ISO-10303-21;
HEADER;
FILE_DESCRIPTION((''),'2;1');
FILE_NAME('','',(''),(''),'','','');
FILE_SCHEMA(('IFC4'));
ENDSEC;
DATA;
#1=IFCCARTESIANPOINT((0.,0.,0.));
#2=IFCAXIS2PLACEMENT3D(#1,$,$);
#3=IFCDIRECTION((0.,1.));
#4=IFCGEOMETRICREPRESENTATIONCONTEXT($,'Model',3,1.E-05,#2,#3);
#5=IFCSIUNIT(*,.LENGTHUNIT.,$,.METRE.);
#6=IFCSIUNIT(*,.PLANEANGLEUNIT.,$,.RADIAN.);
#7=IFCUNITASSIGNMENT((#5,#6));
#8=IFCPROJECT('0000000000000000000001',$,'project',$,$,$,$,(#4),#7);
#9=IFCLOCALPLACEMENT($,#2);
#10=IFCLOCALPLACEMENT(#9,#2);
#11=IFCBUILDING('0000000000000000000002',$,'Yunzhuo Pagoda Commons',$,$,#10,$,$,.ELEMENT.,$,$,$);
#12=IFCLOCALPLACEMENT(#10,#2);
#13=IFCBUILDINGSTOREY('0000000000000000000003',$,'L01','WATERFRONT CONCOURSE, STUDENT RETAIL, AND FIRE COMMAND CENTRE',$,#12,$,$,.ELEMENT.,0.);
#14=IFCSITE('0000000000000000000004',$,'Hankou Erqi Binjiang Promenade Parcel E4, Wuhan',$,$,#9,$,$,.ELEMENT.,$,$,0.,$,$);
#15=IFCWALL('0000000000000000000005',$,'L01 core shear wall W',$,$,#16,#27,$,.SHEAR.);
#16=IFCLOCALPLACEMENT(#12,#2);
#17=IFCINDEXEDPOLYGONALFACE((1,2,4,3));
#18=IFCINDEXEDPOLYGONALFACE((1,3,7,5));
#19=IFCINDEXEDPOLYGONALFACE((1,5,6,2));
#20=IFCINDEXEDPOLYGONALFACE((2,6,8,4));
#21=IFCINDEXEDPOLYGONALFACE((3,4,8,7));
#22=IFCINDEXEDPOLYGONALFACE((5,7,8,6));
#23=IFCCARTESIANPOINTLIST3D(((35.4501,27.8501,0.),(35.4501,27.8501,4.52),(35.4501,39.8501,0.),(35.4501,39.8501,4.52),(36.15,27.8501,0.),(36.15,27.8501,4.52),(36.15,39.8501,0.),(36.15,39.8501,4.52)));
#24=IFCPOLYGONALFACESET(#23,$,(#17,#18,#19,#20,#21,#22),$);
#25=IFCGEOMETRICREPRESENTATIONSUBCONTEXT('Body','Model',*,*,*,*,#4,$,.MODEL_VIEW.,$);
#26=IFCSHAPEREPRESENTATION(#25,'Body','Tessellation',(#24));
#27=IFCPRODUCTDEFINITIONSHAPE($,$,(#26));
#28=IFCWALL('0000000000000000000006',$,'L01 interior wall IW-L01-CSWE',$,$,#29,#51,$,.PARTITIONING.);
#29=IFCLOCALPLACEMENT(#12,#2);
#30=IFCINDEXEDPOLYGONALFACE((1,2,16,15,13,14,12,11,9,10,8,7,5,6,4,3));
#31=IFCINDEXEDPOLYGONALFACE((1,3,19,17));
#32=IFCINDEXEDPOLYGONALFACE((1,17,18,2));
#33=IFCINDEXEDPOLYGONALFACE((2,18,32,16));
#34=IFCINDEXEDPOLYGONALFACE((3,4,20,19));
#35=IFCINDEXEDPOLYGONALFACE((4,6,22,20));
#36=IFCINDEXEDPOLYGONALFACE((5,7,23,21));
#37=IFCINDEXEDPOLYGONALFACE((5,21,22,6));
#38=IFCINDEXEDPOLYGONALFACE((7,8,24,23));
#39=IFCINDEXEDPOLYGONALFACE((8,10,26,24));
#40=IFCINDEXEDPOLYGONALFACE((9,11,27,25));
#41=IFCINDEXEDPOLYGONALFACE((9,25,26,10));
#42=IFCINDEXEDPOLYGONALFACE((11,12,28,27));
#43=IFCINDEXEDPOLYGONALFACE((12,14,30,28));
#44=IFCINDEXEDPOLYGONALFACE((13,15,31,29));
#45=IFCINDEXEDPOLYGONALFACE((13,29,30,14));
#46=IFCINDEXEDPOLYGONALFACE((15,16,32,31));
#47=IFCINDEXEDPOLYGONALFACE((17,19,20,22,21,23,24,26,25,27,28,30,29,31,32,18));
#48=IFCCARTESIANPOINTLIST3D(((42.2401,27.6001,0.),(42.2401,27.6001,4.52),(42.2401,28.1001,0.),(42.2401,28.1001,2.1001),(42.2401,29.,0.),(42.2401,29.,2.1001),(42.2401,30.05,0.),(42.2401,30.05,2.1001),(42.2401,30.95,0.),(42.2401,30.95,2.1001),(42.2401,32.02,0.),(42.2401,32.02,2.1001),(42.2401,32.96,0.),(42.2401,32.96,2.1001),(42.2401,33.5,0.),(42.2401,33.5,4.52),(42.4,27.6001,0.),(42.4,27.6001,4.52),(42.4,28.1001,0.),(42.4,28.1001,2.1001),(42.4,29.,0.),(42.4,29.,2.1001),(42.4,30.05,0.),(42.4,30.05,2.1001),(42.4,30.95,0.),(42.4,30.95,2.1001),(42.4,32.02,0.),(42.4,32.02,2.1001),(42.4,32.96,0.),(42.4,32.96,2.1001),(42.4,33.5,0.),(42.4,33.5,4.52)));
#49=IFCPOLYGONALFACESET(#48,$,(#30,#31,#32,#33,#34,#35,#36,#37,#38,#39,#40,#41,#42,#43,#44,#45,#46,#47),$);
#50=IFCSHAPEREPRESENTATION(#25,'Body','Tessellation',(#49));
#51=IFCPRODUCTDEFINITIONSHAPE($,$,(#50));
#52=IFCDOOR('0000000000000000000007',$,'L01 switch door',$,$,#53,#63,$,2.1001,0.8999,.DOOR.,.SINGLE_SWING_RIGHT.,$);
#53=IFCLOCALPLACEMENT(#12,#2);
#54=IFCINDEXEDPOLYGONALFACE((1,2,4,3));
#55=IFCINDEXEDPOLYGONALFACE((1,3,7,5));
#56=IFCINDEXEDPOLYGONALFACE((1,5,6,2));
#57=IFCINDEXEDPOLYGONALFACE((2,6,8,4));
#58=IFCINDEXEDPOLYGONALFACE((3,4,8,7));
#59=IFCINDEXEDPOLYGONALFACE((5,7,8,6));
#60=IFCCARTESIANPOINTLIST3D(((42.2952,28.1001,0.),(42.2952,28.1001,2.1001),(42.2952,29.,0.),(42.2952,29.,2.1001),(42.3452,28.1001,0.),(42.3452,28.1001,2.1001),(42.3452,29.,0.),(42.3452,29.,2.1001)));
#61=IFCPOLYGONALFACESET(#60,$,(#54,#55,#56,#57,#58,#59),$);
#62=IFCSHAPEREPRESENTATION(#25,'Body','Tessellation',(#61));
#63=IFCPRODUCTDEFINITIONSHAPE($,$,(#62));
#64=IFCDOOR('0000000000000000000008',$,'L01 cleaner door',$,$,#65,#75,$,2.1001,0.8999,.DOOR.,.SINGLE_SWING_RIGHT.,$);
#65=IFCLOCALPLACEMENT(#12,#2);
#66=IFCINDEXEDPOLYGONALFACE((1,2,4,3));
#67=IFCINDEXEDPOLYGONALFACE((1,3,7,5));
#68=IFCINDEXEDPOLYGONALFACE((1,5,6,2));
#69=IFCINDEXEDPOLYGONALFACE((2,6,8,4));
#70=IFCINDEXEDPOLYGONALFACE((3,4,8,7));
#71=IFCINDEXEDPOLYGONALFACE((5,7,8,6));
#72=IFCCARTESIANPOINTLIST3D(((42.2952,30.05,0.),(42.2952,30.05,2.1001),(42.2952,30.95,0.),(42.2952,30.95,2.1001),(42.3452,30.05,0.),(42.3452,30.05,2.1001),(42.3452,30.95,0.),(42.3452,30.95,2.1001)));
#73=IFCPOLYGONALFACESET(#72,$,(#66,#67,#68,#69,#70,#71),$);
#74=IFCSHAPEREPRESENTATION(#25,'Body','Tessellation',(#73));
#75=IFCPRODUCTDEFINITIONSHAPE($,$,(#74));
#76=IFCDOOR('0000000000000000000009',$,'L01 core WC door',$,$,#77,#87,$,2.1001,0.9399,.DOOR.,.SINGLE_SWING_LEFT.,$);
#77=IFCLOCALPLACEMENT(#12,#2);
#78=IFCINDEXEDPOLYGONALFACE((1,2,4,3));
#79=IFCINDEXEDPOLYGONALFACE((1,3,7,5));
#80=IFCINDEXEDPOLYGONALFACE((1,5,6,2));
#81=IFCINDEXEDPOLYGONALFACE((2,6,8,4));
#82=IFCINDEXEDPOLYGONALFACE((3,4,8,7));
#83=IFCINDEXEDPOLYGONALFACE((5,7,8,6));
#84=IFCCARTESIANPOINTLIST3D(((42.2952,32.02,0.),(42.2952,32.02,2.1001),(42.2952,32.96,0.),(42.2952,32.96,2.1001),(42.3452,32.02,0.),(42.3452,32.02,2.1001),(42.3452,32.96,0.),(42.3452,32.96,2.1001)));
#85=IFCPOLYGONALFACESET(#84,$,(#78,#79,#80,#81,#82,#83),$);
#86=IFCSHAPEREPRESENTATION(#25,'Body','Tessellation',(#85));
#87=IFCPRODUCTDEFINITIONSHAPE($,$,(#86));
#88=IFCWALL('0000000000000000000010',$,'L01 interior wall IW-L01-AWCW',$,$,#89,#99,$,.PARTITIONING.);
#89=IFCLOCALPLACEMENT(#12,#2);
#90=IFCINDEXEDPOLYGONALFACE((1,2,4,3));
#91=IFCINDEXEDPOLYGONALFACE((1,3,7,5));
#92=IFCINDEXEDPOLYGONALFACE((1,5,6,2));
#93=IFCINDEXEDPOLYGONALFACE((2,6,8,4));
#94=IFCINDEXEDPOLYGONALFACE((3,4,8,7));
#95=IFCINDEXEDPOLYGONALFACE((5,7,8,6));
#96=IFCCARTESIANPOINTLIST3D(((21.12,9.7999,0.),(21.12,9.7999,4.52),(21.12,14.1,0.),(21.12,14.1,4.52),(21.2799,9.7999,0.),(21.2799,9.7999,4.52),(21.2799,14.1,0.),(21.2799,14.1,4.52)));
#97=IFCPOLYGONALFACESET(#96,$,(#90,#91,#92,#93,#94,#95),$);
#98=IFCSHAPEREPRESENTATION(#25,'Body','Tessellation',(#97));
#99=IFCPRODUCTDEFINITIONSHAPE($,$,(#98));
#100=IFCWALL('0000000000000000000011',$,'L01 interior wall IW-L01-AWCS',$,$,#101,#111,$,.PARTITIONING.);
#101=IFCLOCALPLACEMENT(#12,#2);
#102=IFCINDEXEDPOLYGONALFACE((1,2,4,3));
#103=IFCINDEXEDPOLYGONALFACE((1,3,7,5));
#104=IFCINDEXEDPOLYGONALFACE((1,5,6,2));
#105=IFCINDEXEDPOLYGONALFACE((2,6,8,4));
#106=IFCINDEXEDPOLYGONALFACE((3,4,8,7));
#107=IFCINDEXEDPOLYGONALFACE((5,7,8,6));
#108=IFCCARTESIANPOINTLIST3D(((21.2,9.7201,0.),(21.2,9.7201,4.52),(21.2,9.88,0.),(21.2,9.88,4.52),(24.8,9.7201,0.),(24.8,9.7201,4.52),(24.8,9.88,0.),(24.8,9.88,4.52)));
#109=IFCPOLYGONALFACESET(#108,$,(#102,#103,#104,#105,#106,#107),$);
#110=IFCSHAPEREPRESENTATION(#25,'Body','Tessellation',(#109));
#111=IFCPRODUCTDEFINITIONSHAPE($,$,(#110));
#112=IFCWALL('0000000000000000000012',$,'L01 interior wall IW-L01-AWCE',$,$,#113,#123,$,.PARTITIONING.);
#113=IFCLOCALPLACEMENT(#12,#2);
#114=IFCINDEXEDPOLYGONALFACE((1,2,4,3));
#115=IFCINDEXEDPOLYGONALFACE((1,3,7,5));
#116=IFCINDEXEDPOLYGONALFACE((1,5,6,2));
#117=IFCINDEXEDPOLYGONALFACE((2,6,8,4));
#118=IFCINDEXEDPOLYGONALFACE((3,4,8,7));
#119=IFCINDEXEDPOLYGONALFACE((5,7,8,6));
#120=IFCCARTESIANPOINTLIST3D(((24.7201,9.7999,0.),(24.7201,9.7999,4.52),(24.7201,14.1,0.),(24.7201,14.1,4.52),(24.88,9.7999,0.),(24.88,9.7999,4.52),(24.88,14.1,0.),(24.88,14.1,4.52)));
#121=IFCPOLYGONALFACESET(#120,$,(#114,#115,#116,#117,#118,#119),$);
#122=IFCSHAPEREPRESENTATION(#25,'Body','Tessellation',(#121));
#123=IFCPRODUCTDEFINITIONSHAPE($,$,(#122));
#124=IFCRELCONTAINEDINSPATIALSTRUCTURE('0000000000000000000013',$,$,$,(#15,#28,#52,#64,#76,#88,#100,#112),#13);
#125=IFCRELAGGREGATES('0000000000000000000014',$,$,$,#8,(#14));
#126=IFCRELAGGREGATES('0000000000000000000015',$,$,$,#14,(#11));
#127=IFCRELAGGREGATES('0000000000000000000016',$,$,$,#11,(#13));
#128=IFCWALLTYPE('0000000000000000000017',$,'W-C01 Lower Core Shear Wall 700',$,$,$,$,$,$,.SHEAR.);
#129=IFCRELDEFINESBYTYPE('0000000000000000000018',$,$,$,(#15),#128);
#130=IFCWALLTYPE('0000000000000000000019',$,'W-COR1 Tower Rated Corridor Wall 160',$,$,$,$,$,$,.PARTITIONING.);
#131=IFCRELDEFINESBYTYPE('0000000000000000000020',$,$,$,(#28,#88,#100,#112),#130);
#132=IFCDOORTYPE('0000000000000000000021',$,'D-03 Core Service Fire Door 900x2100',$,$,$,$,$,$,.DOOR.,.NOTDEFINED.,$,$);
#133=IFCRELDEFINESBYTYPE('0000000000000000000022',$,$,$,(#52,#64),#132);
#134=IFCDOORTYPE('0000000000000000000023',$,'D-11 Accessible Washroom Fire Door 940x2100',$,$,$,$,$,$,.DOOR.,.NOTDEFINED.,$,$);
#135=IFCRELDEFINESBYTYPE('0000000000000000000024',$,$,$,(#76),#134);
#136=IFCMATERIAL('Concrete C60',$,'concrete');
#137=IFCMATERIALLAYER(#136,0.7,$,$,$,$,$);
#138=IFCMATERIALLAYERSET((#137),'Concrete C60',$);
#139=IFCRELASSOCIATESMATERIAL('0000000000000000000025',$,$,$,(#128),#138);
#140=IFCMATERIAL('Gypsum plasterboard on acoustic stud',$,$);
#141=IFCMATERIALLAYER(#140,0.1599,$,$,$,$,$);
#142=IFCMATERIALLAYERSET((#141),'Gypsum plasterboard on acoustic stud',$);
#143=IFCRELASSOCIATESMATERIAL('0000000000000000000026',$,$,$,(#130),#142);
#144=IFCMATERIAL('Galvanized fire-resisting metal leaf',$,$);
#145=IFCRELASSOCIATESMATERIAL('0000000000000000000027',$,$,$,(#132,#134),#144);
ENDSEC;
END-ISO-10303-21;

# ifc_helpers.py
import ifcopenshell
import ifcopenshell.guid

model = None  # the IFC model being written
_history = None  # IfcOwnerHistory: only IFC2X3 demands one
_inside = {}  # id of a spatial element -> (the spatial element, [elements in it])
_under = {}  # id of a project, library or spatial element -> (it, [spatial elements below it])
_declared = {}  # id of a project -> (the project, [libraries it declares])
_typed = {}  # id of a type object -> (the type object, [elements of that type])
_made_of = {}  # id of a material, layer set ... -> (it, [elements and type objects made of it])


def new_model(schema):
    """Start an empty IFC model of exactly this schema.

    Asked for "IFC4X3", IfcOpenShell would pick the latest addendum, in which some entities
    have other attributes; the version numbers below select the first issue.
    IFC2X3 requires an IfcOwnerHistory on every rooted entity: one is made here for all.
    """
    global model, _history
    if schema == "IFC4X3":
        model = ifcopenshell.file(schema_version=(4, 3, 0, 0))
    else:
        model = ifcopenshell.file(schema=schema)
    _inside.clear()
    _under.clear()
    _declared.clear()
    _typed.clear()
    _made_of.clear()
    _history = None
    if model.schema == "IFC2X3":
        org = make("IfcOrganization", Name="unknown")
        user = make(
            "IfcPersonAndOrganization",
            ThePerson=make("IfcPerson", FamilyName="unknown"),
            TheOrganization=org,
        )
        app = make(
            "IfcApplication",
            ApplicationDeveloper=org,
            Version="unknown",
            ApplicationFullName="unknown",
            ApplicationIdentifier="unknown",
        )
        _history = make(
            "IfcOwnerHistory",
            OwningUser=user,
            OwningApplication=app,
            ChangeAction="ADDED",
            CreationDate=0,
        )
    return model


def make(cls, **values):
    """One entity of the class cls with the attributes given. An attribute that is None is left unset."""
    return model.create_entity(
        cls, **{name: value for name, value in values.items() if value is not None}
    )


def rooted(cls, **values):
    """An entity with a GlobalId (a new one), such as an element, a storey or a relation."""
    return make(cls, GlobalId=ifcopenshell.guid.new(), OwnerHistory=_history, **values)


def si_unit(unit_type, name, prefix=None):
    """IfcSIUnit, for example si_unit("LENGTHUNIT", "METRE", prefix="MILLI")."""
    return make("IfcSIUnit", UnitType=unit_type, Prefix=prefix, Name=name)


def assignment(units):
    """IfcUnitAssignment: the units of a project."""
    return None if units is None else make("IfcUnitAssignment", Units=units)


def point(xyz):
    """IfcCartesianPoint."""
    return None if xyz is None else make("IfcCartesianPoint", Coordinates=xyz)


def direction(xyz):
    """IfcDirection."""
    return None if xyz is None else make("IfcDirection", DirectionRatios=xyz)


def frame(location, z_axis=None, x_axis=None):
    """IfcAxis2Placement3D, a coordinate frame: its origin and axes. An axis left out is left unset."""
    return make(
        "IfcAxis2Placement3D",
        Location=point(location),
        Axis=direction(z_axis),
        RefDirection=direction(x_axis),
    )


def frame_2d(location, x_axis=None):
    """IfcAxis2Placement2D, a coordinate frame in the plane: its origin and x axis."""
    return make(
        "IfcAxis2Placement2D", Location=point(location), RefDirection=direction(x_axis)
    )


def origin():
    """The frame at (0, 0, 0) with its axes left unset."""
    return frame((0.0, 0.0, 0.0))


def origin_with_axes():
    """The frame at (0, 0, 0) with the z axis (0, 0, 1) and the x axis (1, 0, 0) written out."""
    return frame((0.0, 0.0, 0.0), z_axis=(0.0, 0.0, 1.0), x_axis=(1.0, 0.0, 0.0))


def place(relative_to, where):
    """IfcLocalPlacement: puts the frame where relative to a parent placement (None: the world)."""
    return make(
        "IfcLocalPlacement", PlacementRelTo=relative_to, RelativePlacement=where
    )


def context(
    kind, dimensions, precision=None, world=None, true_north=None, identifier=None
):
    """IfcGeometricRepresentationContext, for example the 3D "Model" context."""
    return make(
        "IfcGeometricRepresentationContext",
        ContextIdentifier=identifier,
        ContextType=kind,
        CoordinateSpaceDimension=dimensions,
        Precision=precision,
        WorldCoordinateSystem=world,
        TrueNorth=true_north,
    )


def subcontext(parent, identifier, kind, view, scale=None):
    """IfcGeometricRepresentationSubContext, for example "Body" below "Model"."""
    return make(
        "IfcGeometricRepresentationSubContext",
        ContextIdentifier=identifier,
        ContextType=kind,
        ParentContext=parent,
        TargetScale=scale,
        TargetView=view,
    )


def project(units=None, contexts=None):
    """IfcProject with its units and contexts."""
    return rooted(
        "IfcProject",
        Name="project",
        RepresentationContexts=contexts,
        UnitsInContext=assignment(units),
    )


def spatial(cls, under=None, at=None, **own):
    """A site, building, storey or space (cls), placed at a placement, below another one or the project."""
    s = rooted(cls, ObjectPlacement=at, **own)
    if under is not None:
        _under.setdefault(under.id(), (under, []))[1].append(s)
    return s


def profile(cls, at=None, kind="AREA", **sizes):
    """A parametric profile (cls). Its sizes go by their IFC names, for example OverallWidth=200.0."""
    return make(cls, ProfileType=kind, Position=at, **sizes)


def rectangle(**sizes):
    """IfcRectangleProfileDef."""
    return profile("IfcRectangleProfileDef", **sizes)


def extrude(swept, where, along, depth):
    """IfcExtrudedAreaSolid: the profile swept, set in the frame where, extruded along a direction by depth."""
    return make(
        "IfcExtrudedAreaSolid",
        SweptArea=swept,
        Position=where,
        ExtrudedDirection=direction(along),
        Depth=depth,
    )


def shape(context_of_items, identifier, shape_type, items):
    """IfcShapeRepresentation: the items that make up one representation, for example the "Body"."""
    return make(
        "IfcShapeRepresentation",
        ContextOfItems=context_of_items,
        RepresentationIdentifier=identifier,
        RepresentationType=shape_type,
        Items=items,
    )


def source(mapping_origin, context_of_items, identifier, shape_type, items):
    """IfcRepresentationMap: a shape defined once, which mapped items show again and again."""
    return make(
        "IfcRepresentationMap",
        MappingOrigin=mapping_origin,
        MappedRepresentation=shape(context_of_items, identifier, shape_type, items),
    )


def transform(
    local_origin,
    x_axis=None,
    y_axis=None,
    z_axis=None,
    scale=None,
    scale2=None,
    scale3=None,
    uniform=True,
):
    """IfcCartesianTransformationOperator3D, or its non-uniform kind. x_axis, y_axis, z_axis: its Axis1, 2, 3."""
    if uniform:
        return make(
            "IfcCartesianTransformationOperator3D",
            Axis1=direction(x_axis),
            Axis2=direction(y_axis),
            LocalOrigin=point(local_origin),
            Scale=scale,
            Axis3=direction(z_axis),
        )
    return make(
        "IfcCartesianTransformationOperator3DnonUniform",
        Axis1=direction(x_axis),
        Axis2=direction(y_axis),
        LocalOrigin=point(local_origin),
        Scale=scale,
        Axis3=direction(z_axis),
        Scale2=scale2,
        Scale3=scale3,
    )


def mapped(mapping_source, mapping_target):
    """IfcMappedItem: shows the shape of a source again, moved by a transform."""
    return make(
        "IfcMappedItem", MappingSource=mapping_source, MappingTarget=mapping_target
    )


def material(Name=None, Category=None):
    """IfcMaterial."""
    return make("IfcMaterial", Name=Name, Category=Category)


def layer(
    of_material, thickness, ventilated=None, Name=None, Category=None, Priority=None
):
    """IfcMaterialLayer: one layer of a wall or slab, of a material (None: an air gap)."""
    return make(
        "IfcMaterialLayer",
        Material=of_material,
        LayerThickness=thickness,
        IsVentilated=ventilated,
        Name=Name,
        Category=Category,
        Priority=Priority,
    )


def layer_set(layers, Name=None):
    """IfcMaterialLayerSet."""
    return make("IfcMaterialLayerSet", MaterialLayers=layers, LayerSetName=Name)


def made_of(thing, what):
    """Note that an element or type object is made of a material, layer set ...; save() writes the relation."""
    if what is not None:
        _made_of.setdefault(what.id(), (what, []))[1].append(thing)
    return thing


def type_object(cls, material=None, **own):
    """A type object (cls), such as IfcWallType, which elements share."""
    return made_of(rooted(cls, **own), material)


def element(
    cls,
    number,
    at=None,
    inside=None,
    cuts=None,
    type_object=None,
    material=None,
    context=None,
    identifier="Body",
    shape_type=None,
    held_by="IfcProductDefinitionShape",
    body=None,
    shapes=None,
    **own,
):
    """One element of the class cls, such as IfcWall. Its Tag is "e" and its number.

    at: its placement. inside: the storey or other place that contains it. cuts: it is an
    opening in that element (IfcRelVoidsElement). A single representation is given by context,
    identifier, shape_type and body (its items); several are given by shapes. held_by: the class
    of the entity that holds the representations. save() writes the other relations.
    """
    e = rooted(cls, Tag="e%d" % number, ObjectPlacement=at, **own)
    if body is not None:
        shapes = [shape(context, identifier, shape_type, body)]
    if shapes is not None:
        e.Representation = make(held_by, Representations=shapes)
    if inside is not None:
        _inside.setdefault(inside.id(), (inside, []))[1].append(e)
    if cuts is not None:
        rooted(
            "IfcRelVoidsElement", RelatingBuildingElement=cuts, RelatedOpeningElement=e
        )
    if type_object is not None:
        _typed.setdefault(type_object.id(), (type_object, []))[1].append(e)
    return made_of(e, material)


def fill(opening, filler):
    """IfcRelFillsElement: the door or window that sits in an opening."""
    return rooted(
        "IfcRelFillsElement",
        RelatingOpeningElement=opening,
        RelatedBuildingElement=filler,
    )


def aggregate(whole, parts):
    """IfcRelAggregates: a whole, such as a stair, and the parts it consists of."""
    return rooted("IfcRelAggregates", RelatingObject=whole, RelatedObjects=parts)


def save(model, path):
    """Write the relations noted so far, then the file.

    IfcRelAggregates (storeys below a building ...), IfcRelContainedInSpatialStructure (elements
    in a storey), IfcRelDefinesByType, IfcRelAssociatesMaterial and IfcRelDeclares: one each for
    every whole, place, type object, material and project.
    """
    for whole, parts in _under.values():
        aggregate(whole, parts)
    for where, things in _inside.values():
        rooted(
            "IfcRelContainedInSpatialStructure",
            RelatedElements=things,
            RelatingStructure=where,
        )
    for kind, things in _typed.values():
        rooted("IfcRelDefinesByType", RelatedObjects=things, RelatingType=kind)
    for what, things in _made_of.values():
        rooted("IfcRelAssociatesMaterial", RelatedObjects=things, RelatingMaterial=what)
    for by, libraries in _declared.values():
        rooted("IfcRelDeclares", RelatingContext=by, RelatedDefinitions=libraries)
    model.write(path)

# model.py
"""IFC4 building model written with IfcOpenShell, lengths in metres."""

from ifc_helpers import new_model, si_unit, direction, frame, frame_2d, origin, origin_with_axes, place, context, subcontext, project, spatial, rectangle, extrude, source, transform, mapped, material, layer, layer_set, type_object, element, fill, save


model = new_model("IFC4")

# Units and contexts
model_context = context("Model", 3, precision=1e-05, world=origin(), true_north=direction((0.0, 1.0)))
body_context = subcontext(model_context, "Body", "Model", "MODEL_VIEW")
ifc_project = project(units=[si_unit("LENGTHUNIT", "METRE"), si_unit("PLANEANGLEUNIT", "RADIAN")], contexts=[model_context])

# Site, building, storey
site_placement = place(None, origin())
site = spatial("IfcSite", under=ifc_project, at=site_placement, Name="Hankou Erqi Binjiang Promenade Parcel E4, Wuhan", CompositionType="ELEMENT", RefElevation=0.0)
building_placement = place(site_placement, origin())
building = spatial("IfcBuilding", under=site, at=building_placement, Name="Yunzhuo Pagoda Commons", CompositionType="ELEMENT")
storey_placement = place(building_placement, origin())
storey = spatial("IfcBuildingStorey", under=building, at=storey_placement, Name="L01", Description="WATERFRONT CONCOURSE, STUDENT RETAIL, AND FIRE COMMAND CENTRE", CompositionType="ELEMENT", Elevation=0.0)

# Wall
ifc_material_1 = material(Name="Concrete C60", Category="concrete")
ifc_layer_1 = layer(ifc_material_1, 0.7)
ifc_layer_set_1 = layer_set([ifc_layer_1], Name="Concrete C60")
wall_type_1 = type_object("IfcWallType", Name="W-C01 Lower Core Shear Wall 700", PredefinedType="SHEAR", material=ifc_layer_set_1)
wall_1_placement = place(storey_placement, frame((35.8, 27.8501, 0.0), z_axis=(0.0, 0.0, 1.0), x_axis=(0.0, 1.0, 0.0)))
element("IfcWall", 1, at=wall_1_placement, inside=storey, type_object=wall_type_1, Name="L01 core shear wall W", PredefinedType="SHEAR", context=body_context, shape_type="SweptSolid", body=[
    extrude(rectangle(XDim=12.0, YDim=0.7, at=frame_2d((6.0, 0.0))), origin(), (0.0, 0.0, 1.0), 4.52),
])

# Wall, openings, doors
ifc_material_2 = material(Name="Gypsum plasterboard on acoustic stud")
ifc_layer_2 = layer(ifc_material_2, 0.1599)
ifc_layer_set_2 = layer_set([ifc_layer_2], Name="Gypsum plasterboard on acoustic stud")
wall_type_2 = type_object("IfcWallType", Name="W-COR1 Tower Rated Corridor Wall 160", PredefinedType="PARTITIONING", material=ifc_layer_set_2)
wall_2_placement = place(storey_placement, frame((42.3201, 27.6001, 0.0), z_axis=(0.0, 0.0, 1.0), x_axis=(0.0, 1.0, 0.0)))
wall_2 = element("IfcWall", 2, at=wall_2_placement, inside=storey, type_object=wall_type_2, Name="L01 interior wall IW-L01-CSWE", PredefinedType="PARTITIONING", context=body_context, shape_type="SweptSolid", body=[
    extrude(rectangle(XDim=5.8999, YDim=0.1599, at=frame_2d((2.95, 0.0))), origin(), (0.0, 0.0, 1.0), 4.52),
])
opening_1_placement = place(wall_2_placement, frame((0.5, 0.0, 0.0)))
opening_1 = element("IfcOpeningElement", 3, at=opening_1_placement, cuts=wall_2, PredefinedType="OPENING", context=body_context, shape_type="SweptSolid", body=[
    extrude(rectangle(XDim=0.8999, YDim=2.1001, at=frame_2d((0.45, 1.05))), frame((0.0, 0.0898, 0.0), z_axis=(0.0, -1.0, 0.0), x_axis=(1.0, 0.0, 0.0)), (0.0, 0.0, 1.0), 0.1799),
])
opening_2_placement = place(wall_2_placement, frame((2.45, 0.0, 0.0)))
opening_2 = element("IfcOpeningElement", 4, at=opening_2_placement, cuts=wall_2, PredefinedType="OPENING", context=body_context, shape_type="SweptSolid", body=[
    extrude(rectangle(XDim=0.8999, YDim=2.1001, at=frame_2d((0.45, 1.05))), frame((0.0, 0.0898, 0.0), z_axis=(0.0, -1.0, 0.0), x_axis=(1.0, 0.0, 0.0)), (0.0, 0.0, 1.0), 0.1799),
])
opening_3_placement = place(wall_2_placement, frame((4.4199, 0.0, 0.0)))
opening_3 = element("IfcOpeningElement", 5, at=opening_3_placement, cuts=wall_2, PredefinedType="OPENING", context=body_context, shape_type="SweptSolid", body=[
    extrude(rectangle(XDim=0.9399, YDim=2.1001, at=frame_2d((0.47, 1.05))), frame((0.0, 0.0898, 0.0), z_axis=(0.0, -1.0, 0.0), x_axis=(1.0, 0.0, 0.0)), (0.0, 0.0, 1.0), 0.1799),
])
ifc_material_3 = material(Name="Galvanized fire-resisting metal leaf")
door_type_1 = type_object("IfcDoorType", Name="D-03 Core Service Fire Door 900x2100", OperationType="NOTDEFINED", PredefinedType="DOOR", material=ifc_material_3)
shared_shape_1 = source(origin(), body_context, "Body", "SweptSolid", [
    extrude(rectangle(XDim=0.8999, YDim=2.1001, at=frame_2d((0.45, 1.05))), frame((0.0, 0.0249, 0.0), z_axis=(0.0, -1.0, 0.0), x_axis=(1.0, 0.0, 0.0)), (0.0, 0.0, 1.0), 0.05),
])
door_1_placement = place(opening_1_placement, origin_with_axes())
door_1 = element("IfcDoor", 6, at=door_1_placement, inside=storey, type_object=door_type_1, Name="L01 switch door", OperationType="SINGLE_SWING_RIGHT", OverallHeight=2.1001, OverallWidth=0.8999, PredefinedType="DOOR", context=body_context, shape_type="MappedRepresentation", body=[
    mapped(shared_shape_1, transform((0.0, 0.0, 0.0), scale=1.0)),
])
fill(opening_1, door_1)
door_2_placement = place(opening_2_placement, origin_with_axes())
door_2 = element("IfcDoor", 7, at=door_2_placement, inside=storey, type_object=door_type_1, Name="L01 cleaner door", OperationType="SINGLE_SWING_RIGHT", OverallHeight=2.1001, OverallWidth=0.8999, PredefinedType="DOOR", context=body_context, shape_type="MappedRepresentation", body=[
    mapped(shared_shape_1, transform((0.0, 0.0, 0.0), scale=1.0)),
])
fill(opening_2, door_2)
door_type_2 = type_object("IfcDoorType", Name="D-11 Accessible Washroom Fire Door 940x2100", OperationType="NOTDEFINED", PredefinedType="DOOR", material=ifc_material_3)
shared_shape_2 = source(origin(), body_context, "Body", "SweptSolid", [
    extrude(rectangle(XDim=0.9399, YDim=2.1001, at=frame_2d((0.47, 1.05))), frame((0.0, 0.0249, 0.0), z_axis=(0.0, -1.0, 0.0), x_axis=(1.0, 0.0, 0.0)), (0.0, 0.0, 1.0), 0.05),
])
door_3_placement = place(opening_3_placement, origin_with_axes())
door_3 = element("IfcDoor", 8, at=door_3_placement, inside=storey, type_object=door_type_2, Name="L01 core WC door", OperationType="SINGLE_SWING_LEFT", OverallHeight=2.1001, OverallWidth=0.9399, PredefinedType="DOOR", context=body_context, shape_type="MappedRepresentation", body=[
    mapped(shared_shape_2, transform((0.0, 0.0, 0.0), scale=1.0)),
])
fill(opening_3, door_3)

# Walls
wall_3_placement = place(storey_placement, frame((21.2, 9.8, 0.0), z_axis=(0.0, 0.0, 1.0), x_axis=(0.0, 1.0, 0.0)))
element("IfcWall", 9, at=wall_3_placement, inside=storey, type_object=wall_type_2, Name="L01 interior wall IW-L01-AWCW", PredefinedType="PARTITIONING", context=body_context, shape_type="SweptSolid", body=[
    extrude(rectangle(XDim=4.3, YDim=0.1599, at=frame_2d((2.1499, 0.0))), origin(), (0.0, 0.0, 1.0), 4.52),
])
wall_4_placement = place(storey_placement, frame((21.2, 9.8, 0.0), z_axis=(0.0, 0.0, 1.0), x_axis=(1.0, 0.0, 0.0)))
element("IfcWall", 10, at=wall_4_placement, inside=storey, type_object=wall_type_2, Name="L01 interior wall IW-L01-AWCS", PredefinedType="PARTITIONING", context=body_context, shape_type="SweptSolid", body=[
    extrude(rectangle(XDim=3.6001, YDim=0.1599, at=frame_2d((1.8, 0.0))), origin(), (0.0, 0.0, 1.0), 4.52),
])
wall_5_placement = place(storey_placement, frame((24.8, 9.8, 0.0), z_axis=(0.0, 0.0, 1.0), x_axis=(0.0, 1.0, 0.0)))
element("IfcWall", 11, at=wall_5_placement, inside=storey, type_object=wall_type_2, Name="L01 interior wall IW-L01-AWCE", PredefinedType="PARTITIONING", context=body_context, shape_type="SweptSolid", body=[
    extrude(rectangle(XDim=4.3, YDim=0.1599, at=frame_2d((2.1499, 0.0))), origin(), (0.0, 0.0, 1.0), 4.52),
])

save(model, "model.ifc")
